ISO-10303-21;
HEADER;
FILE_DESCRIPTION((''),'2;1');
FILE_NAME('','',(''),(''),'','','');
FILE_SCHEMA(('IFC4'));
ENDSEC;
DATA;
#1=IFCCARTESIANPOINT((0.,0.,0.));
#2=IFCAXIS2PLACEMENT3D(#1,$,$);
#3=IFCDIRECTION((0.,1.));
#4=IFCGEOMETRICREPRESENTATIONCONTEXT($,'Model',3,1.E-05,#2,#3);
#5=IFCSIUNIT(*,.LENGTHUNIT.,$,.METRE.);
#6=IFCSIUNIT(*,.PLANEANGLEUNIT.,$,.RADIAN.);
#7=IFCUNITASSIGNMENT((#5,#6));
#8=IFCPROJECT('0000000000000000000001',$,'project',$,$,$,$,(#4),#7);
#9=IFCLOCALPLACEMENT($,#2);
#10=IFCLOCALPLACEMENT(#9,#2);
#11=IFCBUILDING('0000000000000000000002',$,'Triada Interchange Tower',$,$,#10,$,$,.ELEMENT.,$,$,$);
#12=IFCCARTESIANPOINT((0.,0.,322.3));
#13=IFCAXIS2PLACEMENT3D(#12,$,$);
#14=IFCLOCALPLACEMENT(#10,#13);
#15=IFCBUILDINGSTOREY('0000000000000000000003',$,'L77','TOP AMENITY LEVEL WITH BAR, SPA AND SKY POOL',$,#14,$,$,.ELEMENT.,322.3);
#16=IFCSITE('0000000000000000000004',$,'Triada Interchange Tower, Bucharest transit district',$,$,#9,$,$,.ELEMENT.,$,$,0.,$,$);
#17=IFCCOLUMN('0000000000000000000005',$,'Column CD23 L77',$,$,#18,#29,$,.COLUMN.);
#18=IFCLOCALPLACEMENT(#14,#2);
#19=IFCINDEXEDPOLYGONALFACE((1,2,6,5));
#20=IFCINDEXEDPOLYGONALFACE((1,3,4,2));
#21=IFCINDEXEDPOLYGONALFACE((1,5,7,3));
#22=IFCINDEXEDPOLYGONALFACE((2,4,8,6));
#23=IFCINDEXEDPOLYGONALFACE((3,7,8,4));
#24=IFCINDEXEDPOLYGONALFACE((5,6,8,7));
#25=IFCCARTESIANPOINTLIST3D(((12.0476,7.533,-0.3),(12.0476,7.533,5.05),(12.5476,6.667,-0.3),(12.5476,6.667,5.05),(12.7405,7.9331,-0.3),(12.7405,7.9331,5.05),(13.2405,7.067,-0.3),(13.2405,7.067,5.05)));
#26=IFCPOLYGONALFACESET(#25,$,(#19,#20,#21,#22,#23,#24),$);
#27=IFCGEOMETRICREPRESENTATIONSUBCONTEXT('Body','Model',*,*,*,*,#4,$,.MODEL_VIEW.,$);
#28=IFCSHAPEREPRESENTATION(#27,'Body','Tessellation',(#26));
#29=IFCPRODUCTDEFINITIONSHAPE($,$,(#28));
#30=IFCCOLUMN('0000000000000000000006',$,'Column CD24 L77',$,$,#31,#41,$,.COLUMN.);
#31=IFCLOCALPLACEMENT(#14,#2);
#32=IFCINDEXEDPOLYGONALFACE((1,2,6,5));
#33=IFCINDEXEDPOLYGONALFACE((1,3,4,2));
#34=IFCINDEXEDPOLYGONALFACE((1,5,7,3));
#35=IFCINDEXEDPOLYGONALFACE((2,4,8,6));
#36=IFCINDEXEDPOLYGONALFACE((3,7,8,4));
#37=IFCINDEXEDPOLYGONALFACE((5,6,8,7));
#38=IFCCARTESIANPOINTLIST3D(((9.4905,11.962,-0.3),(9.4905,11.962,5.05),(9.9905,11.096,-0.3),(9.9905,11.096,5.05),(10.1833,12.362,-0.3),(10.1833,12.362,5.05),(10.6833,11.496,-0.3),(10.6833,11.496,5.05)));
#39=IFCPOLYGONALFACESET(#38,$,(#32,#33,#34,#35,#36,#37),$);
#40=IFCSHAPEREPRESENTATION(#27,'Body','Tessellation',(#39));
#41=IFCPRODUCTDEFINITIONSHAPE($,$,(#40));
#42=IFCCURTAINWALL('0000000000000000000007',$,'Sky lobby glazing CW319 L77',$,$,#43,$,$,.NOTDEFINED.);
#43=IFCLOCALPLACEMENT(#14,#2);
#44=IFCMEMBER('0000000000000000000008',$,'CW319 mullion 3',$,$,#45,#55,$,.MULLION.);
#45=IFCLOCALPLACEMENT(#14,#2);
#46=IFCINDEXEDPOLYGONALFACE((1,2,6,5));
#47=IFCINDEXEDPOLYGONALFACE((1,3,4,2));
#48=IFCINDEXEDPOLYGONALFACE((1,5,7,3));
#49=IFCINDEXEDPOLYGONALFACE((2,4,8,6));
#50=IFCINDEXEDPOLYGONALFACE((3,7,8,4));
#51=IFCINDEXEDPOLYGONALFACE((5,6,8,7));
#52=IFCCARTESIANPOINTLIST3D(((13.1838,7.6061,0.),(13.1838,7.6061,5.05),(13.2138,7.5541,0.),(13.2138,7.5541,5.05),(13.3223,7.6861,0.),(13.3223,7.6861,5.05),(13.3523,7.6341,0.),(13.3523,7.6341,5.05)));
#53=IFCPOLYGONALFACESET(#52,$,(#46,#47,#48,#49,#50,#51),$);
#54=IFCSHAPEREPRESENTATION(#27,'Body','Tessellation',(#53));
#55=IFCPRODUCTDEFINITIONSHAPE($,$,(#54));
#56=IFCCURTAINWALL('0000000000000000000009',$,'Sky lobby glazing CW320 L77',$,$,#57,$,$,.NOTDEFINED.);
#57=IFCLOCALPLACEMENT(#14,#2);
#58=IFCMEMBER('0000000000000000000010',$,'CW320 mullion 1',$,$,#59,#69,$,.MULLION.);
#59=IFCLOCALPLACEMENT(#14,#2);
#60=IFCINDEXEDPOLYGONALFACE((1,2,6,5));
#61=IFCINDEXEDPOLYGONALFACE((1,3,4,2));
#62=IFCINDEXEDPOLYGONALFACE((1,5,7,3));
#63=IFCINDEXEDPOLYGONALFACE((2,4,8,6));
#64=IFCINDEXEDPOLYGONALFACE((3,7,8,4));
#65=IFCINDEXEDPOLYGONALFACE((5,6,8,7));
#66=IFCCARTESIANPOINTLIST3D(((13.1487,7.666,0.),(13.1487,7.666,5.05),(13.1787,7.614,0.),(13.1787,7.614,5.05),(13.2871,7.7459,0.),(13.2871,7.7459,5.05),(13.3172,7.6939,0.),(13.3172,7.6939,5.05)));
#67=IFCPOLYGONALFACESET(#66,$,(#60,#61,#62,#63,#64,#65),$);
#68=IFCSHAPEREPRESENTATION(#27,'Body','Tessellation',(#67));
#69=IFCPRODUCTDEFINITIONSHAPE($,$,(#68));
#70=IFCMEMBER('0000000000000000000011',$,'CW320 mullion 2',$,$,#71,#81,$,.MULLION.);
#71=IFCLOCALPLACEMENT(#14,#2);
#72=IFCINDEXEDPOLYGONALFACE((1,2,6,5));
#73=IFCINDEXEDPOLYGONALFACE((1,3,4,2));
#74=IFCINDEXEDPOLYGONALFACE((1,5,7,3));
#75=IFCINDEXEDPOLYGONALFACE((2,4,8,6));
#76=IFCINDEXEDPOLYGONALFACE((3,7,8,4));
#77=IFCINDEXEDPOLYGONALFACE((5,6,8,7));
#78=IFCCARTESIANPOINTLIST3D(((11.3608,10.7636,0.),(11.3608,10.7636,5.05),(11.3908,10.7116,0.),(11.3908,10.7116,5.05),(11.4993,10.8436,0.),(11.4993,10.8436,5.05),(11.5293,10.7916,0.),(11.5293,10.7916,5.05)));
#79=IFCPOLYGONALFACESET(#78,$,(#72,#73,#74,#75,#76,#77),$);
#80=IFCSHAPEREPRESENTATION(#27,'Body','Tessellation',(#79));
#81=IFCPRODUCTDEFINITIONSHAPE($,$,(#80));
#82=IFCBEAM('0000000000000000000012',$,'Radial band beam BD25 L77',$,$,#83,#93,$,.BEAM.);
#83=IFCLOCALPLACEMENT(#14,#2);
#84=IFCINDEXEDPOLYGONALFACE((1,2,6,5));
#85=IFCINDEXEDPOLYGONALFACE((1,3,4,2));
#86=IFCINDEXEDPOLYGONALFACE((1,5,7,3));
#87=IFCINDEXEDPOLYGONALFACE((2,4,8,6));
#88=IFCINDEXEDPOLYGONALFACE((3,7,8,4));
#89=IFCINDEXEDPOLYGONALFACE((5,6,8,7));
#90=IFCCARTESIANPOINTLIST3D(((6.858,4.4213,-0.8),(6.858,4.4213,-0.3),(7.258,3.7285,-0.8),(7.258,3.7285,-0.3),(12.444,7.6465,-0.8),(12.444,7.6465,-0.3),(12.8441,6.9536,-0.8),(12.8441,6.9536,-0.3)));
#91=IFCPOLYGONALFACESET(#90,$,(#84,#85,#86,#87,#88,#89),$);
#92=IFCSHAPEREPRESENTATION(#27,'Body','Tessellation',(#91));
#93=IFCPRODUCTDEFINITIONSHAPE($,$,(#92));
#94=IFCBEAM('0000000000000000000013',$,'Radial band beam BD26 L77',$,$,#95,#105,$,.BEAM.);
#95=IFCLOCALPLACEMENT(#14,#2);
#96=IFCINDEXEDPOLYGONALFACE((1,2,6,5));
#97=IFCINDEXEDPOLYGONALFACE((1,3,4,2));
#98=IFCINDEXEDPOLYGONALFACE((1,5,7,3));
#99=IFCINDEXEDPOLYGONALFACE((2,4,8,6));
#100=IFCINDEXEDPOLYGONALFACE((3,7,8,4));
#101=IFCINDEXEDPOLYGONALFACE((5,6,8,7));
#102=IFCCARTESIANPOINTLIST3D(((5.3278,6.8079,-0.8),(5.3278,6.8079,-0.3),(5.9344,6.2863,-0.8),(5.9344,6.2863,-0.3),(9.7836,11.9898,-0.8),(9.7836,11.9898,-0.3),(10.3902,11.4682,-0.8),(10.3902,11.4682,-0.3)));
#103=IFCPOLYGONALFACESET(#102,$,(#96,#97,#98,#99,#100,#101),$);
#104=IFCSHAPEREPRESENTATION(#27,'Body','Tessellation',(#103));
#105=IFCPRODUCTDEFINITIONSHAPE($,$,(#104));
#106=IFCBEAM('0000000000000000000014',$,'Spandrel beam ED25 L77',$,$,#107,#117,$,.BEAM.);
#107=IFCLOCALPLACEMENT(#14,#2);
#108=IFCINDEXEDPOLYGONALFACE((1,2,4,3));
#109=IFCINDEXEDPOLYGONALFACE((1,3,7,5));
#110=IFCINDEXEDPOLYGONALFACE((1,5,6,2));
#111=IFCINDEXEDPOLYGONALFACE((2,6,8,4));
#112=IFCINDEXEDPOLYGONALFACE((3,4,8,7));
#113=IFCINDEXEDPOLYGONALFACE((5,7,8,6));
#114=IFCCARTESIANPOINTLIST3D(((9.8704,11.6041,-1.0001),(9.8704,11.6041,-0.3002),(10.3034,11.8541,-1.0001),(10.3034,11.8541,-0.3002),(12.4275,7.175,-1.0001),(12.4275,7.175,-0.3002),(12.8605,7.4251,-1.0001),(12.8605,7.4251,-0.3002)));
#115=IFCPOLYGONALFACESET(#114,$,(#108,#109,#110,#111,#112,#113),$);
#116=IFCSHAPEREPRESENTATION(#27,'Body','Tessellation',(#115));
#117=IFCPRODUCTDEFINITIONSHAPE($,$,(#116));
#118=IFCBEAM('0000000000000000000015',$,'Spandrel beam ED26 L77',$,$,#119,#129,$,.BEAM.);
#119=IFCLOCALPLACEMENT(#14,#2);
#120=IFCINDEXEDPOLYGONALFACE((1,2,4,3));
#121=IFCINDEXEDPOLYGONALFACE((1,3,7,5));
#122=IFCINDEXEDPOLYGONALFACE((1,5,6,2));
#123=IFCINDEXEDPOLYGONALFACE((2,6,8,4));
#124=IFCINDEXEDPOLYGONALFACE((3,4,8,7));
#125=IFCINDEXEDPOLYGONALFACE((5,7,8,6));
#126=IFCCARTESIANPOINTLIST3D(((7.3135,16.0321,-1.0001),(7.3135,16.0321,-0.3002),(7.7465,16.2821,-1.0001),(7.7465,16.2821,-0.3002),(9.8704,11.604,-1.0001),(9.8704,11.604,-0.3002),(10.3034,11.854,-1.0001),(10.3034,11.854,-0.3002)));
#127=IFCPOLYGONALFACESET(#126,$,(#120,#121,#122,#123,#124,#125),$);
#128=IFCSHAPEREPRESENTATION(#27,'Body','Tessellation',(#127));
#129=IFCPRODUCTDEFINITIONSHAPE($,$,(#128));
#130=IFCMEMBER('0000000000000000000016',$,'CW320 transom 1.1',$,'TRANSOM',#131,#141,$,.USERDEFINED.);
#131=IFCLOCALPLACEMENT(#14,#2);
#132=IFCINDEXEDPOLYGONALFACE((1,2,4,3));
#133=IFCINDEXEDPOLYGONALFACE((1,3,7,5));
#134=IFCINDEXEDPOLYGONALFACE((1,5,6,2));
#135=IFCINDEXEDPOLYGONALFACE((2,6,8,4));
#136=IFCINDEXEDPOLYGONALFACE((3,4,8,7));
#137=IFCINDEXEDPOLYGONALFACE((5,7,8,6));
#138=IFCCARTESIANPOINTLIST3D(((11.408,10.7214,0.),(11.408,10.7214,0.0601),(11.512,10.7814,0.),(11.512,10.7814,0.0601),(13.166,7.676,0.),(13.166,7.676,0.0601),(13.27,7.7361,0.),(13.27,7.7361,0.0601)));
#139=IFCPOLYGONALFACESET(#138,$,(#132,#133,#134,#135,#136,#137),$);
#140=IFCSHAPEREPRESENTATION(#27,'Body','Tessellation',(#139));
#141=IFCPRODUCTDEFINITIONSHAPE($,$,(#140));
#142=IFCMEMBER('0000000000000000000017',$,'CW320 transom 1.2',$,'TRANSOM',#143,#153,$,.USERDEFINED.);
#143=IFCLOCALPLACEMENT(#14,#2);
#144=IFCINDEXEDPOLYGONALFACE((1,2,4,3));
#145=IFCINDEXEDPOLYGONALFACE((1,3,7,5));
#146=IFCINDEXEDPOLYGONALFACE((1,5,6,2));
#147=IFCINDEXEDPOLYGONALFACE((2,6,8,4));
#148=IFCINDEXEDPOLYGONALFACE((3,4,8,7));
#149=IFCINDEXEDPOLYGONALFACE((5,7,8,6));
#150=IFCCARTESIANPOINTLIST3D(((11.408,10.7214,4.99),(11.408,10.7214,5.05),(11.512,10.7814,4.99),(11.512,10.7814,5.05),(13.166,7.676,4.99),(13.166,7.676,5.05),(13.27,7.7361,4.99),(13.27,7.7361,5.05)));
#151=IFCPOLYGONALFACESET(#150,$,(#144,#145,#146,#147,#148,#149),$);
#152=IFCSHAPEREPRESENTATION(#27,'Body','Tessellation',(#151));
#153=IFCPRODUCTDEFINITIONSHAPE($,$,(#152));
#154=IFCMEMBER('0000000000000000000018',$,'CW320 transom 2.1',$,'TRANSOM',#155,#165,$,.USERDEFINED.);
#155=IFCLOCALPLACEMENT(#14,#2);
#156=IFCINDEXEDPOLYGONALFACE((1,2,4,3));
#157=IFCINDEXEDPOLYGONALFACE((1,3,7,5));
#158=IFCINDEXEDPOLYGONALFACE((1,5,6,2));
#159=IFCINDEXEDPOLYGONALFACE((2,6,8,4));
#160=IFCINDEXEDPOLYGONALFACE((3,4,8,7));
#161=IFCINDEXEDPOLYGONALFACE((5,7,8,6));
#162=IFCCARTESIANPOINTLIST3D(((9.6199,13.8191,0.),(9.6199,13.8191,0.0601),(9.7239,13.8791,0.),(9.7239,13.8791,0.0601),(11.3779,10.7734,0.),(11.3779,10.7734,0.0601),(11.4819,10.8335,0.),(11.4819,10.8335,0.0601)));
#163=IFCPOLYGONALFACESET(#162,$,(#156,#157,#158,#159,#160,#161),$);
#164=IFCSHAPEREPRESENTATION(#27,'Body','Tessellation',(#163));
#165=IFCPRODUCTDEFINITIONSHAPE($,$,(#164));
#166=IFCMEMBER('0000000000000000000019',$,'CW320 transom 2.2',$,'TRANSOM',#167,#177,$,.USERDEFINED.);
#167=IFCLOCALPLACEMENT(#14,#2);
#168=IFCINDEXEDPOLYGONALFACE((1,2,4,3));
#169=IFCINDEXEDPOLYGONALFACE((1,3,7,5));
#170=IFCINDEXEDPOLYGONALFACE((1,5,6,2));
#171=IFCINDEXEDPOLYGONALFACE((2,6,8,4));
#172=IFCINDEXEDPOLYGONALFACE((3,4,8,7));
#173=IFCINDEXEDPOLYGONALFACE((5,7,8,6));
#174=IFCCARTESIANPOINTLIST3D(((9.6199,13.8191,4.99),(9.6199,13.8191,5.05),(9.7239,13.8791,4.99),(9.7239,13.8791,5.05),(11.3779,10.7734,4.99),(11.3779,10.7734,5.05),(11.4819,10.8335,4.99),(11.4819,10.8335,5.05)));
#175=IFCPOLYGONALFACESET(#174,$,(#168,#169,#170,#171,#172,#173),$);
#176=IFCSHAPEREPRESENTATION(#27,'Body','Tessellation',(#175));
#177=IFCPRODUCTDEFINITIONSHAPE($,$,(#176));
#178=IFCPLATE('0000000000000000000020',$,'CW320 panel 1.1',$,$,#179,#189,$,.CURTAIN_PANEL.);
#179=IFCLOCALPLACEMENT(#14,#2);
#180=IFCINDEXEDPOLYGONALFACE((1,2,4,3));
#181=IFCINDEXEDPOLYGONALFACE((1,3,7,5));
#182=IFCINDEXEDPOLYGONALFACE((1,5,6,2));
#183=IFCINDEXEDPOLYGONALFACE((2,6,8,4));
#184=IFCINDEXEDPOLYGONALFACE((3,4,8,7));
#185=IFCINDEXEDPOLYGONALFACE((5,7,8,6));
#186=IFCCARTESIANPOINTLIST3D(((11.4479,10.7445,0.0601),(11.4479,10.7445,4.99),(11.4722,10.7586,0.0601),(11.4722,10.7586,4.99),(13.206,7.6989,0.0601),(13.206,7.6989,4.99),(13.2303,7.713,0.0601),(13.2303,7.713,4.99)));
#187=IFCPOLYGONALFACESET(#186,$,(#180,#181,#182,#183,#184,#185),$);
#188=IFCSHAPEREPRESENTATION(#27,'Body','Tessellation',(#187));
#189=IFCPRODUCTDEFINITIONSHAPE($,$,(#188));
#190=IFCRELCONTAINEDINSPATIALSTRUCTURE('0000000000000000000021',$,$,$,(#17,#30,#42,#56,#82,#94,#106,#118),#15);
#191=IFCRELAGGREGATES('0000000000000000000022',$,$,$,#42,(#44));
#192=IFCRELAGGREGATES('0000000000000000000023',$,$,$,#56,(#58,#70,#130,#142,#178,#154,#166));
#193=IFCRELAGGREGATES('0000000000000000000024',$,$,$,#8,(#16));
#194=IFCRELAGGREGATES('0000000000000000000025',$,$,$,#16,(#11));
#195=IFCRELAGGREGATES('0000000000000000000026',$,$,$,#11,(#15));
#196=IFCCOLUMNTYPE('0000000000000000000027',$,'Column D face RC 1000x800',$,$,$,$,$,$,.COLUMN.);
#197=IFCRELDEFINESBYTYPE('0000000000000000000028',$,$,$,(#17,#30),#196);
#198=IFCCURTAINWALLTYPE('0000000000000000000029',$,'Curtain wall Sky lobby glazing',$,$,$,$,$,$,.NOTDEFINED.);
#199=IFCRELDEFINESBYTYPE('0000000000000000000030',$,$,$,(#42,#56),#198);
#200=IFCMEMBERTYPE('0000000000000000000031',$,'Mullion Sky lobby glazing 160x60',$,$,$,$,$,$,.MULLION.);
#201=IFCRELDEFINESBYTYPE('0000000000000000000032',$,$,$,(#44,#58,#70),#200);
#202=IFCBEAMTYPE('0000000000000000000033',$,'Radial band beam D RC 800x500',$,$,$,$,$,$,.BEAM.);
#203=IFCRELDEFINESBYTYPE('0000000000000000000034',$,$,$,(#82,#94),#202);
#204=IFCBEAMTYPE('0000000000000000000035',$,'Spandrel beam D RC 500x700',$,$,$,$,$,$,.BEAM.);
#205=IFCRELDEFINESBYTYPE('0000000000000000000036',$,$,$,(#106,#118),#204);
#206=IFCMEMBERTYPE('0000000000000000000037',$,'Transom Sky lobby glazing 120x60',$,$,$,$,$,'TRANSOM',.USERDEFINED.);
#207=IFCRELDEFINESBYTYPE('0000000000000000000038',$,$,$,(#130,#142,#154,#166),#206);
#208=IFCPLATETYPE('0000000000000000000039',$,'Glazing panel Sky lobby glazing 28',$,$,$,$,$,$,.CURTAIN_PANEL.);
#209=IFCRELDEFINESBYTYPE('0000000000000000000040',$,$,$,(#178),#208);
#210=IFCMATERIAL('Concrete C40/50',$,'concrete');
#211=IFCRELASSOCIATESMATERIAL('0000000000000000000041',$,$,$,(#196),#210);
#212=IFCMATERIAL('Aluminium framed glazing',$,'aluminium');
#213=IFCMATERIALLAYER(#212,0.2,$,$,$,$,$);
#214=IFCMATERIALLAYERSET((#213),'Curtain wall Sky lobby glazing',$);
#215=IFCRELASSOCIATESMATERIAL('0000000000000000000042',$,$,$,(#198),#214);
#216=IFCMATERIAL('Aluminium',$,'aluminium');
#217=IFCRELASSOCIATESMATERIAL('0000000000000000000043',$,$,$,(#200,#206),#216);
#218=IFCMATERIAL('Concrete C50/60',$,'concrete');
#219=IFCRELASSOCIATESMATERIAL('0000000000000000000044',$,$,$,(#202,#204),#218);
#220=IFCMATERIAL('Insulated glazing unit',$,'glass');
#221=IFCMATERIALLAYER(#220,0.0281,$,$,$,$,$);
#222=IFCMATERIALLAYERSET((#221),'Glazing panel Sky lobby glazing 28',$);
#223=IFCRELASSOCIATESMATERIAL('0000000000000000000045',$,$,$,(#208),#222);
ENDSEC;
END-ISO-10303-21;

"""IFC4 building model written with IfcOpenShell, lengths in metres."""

from ifc_helpers import new_model, si_unit, direction, frame, origin, origin_2d, place, context, subcontext, project, spatial, rectangle, extrude, material, layer, layer_set, material_profile, profile_set, type_object, element, aggregate, save


model = new_model("IFC4")

# Units and contexts
model_context = context("Model", 3, precision=1e-05, world=origin(), true_north=direction((0.0, 1.0)))
body_context = subcontext(model_context, "Body", "Model", "MODEL_VIEW")
ifc_project = project(units=[si_unit("LENGTHUNIT", "METRE"), si_unit("PLANEANGLEUNIT", "RADIAN")], contexts=[model_context])

# Site, building, storey
site_placement = place(None, origin())
site = spatial("IfcSite", under=ifc_project, at=site_placement, Name="Triada Interchange Tower, Bucharest transit district", CompositionType="ELEMENT", RefElevation=0.0)
building_placement = place(site_placement, origin())
building = spatial("IfcBuilding", under=site, at=building_placement, Name="Triada Interchange Tower", CompositionType="ELEMENT")
storey_placement = place(building_placement, frame((0.0, 0.0, 322.3)))
storey = spatial("IfcBuildingStorey", under=building, at=storey_placement, Name="L77", Description="TOP AMENITY LEVEL WITH BAR, SPA AND SKY POOL", CompositionType="ELEMENT", Elevation=322.3)

# Columns
ifc_material_1 = material(Name="Concrete C40/50", Category="concrete")
ifc_material_profile_1 = material_profile(ifc_material_1, rectangle(XDim=1.0, YDim=0.8, at=origin_2d()), Name="RC 1000x800")
ifc_profile_set_1 = profile_set([ifc_material_profile_1], Name="Concrete C40/50")
column_type = type_object("IfcColumnType", Name="Column D face RC 1000x800", PredefinedType="COLUMN", material=ifc_profile_set_1)
for number, where, z_axis, x_axis, name in (
    (1, (12.644, 7.3, -0.3), (0.0, 0.0, 1.0), (-0.5, 0.866025, 0.0), "Column CD23 L77"),
    (2, (10.0869, 11.729, -0.3), (0.0, 0.0, 1.0), (-0.5, 0.866025, 0.0), "Column CD24 L77"),
):
    element("IfcColumn", number, at=place(storey_placement, frame(where, z_axis=z_axis, x_axis=x_axis)), inside=storey, type_object=column_type, Name=name, PredefinedType="COLUMN", context=body_context, shape_type="SweptSolid", body=[
        extrude(rectangle(XDim=1.0, YDim=0.8, at=origin_2d()), origin(), (0.0, 0.0, 1.0), 5.3501),
    ])

# Curtain wall, member
ifc_material_2 = material(Name="Aluminium framed glazing", Category="aluminium")
ifc_layer_1 = layer(ifc_material_2, 0.2)
ifc_layer_set_1 = layer_set([ifc_layer_1], Name="Curtain wall Sky lobby glazing")
curtain_wall_type = type_object("IfcCurtainWallType", Name="Curtain wall Sky lobby glazing", PredefinedType="NOTDEFINED", material=ifc_layer_set_1)
curtain_wall_1_placement = place(storey_placement, origin())
curtain_wall_1 = element("IfcCurtainWall", 3, at=curtain_wall_1_placement, inside=storey, type_object=curtain_wall_type, Name="Sky lobby glazing CW319 L77", PredefinedType="NOTDEFINED")
ifc_material_3 = material(Name="Aluminium", Category="aluminium")
ifc_material_profile_2 = material_profile(ifc_material_3, rectangle(XDim=0.1599, YDim=0.0601, at=origin_2d()), Name="Aluminium mullion")
ifc_profile_set_2 = profile_set([ifc_material_profile_2], Name="Aluminium")
member_type_1 = type_object("IfcMemberType", Name="Mullion Sky lobby glazing 160x60", PredefinedType="MULLION", material=ifc_profile_set_2)
member_1_placement = place(storey_placement, frame((13.2681, 7.6201, 0.0), z_axis=(0.0, 0.0, 1.0), x_axis=(-0.866008, -0.50003, 0.0)))
member_1 = element("IfcMember", 4, at=member_1_placement, type_object=member_type_1, Name="CW319 mullion 3", PredefinedType="MULLION", context=body_context, shape_type="SweptSolid", body=[
    extrude(rectangle(XDim=0.1599, YDim=0.0601, at=origin_2d()), origin(), (0.0, 0.0, 1.0), 5.05),
])
aggregate(curtain_wall_1, [member_1])

# Curtain wall, members
curtain_wall_2_placement = place(storey_placement, origin())
curtain_wall_2 = element("IfcCurtainWall", 5, at=curtain_wall_2_placement, inside=storey, type_object=curtain_wall_type, Name="Sky lobby glazing CW320 L77", PredefinedType="NOTDEFINED")
member_2_placement = place(storey_placement, frame((13.2329, 7.6799, 0.0), z_axis=(0.0, 0.0, 1.0), x_axis=(-0.866068, -0.499926, 0.0)))
member_2 = element("IfcMember", 6, at=member_2_placement, type_object=member_type_1, Name="CW320 mullion 1", PredefinedType="MULLION", context=body_context, shape_type="SweptSolid", body=[
    extrude(rectangle(XDim=0.1599, YDim=0.0601, at=origin_2d()), origin(), (0.0, 0.0, 1.0), 5.05),
])
member_3_placement = place(storey_placement, frame((11.4451, 10.7776, 0.0), z_axis=(0.0, 0.0, 1.0), x_axis=(-0.866068, -0.499926, 0.0)))
member_3 = element("IfcMember", 7, at=member_3_placement, type_object=member_type_1, Name="CW320 mullion 2", PredefinedType="MULLION", context=body_context, shape_type="SweptSolid", body=[
    extrude(rectangle(XDim=0.1599, YDim=0.0601, at=origin_2d()), origin(), (0.0, 0.0, 1.0), 5.05),
])

# Beams
ifc_material_4 = material(Name="Concrete C50/60", Category="concrete")
ifc_material_profile_3 = material_profile(ifc_material_4, rectangle(XDim=0.8, YDim=0.5, at=origin_2d()), Name="RC 800x500")
ifc_profile_set_3 = profile_set([ifc_material_profile_3], Name="Concrete C50/60")
beam_type_1 = type_object("IfcBeamType", Name="Radial band beam D RC 800x500", PredefinedType="BEAM", material=ifc_profile_set_3)
beam_1_placement = place(storey_placement, frame((12.644, 7.3, -0.55), z_axis=(-0.866022, -0.500006, 0.0), x_axis=(0.500006, -0.866022, 0.0)))
element("IfcBeam", 8, at=beam_1_placement, inside=storey, type_object=beam_type_1, Name="Radial band beam BD25 L77", PredefinedType="BEAM", context=body_context, shape_type="SweptSolid", body=[
    extrude(rectangle(XDim=0.8, YDim=0.5, at=origin_2d()), origin(), (0.0, 0.0, 1.0), 6.4502),
])
beam_2_placement = place(storey_placement, frame((10.0869, 11.729, -0.55), z_axis=(-0.651988, -0.758229, 0.0), x_axis=(0.758229, -0.651988, 0.0)))
element("IfcBeam", 9, at=beam_2_placement, inside=storey, type_object=beam_type_1, Name="Radial band beam BD26 L77", PredefinedType="BEAM", context=body_context, shape_type="SweptSolid", body=[
    extrude(rectangle(XDim=0.8, YDim=0.5, at=origin_2d()), origin(), (0.0, 0.0, 1.0), 6.8342),
])
ifc_material_profile_4 = material_profile(ifc_material_4, rectangle(XDim=0.5, YDim=0.7, at=origin_2d()), Name="RC 500x700")
ifc_profile_set_4 = profile_set([ifc_material_profile_4], Name="Concrete C50/60")
beam_type_2 = type_object("IfcBeamType", Name="Spandrel beam D RC 500x700", PredefinedType="BEAM", material=ifc_profile_set_4)
beam_3_placement = place(storey_placement, frame((12.644, 7.3, -0.6501), z_axis=(-0.50001, 0.866019, 0.0), x_axis=(-0.866019, -0.50001, 0.0)))
element("IfcBeam", 10, at=beam_3_placement, inside=storey, type_object=beam_type_2, Name="Spandrel beam ED25 L77", PredefinedType="BEAM", context=body_context, shape_type="SweptSolid", body=[
    extrude(rectangle(XDim=0.5, YDim=0.7, at=origin_2d()), origin(), (0.0, 0.0, 1.0), 5.1143),
])
beam_4_placement = place(storey_placement, frame((10.0869, 11.729, -0.6501), z_axis=(-0.500057, 0.865992, 0.0), x_axis=(-0.865992, -0.500057, 0.0)))
element("IfcBeam", 11, at=beam_4_placement, inside=storey, type_object=beam_type_2, Name="Spandrel beam ED26 L77", PredefinedType="BEAM", context=body_context, shape_type="SweptSolid", body=[
    extrude(rectangle(XDim=0.5, YDim=0.7, at=origin_2d()), origin(), (0.0, 0.0, 1.0), 5.1133),
])

# Members
ifc_material_profile_5 = material_profile(ifc_material_3, rectangle(XDim=0.1201, YDim=0.0601, at=origin_2d()), Name="Aluminium transom")
ifc_profile_set_5 = profile_set([ifc_material_profile_5], Name="Aluminium")
member_type_2 = type_object("IfcMemberType", Name="Transom Sky lobby glazing 120x60", ElementType="TRANSOM", PredefinedType="USERDEFINED", material=ifc_profile_set_5)
member_4_placement = place(storey_placement, frame((13.218, 7.7061, 0.03), z_axis=(-0.499955, 0.866051, 0.0), x_axis=(-0.866051, -0.499955, 0.0)))
member_4 = element("IfcMember", 12, at=member_4_placement, type_object=member_type_2, Name="CW320 transom 1.1", ObjectType="TRANSOM", PredefinedType="USERDEFINED", context=body_context, shape_type="SweptSolid", body=[
    extrude(rectangle(XDim=0.1201, YDim=0.0601, at=origin_2d()), origin(), (0.0, 0.0, 1.0), 3.5164),
])
member_5_placement = place(storey_placement, frame((13.218, 7.7061, 5.02), z_axis=(-0.499955, 0.866051, 0.0), x_axis=(-0.866051, -0.499955, 0.0)))
member_5 = element("IfcMember", 13, at=member_5_placement, type_object=member_type_2, Name="CW320 transom 1.2", ObjectType="TRANSOM", PredefinedType="USERDEFINED", context=body_context, shape_type="SweptSolid", body=[
    extrude(rectangle(XDim=0.1201, YDim=0.0601, at=origin_2d()), origin(), (0.0, 0.0, 1.0), 3.5164),
])
member_6_placement = place(storey_placement, frame((11.4299, 10.8035, 0.03), z_axis=(-0.499925, 0.866069, 0.0), x_axis=(-0.866069, -0.499925, 0.0)))
member_6 = element("IfcMember", 14, at=member_6_placement, type_object=member_type_2, Name="CW320 transom 2.1", ObjectType="TRANSOM", PredefinedType="USERDEFINED", context=body_context, shape_type="SweptSolid", body=[
    extrude(rectangle(XDim=0.1201, YDim=0.0601, at=origin_2d()), origin(), (0.0, 0.0, 1.0), 3.5166),
])
member_7_placement = place(storey_placement, frame((11.4299, 10.8035, 5.02), z_axis=(-0.499925, 0.866069, 0.0), x_axis=(-0.866069, -0.499925, 0.0)))
member_7 = element("IfcMember", 15, at=member_7_placement, type_object=member_type_2, Name="CW320 transom 2.2", ObjectType="TRANSOM", PredefinedType="USERDEFINED", context=body_context, shape_type="SweptSolid", body=[
    extrude(rectangle(XDim=0.1201, YDim=0.0601, at=origin_2d()), origin(), (0.0, 0.0, 1.0), 3.5166),
])

# Plate
ifc_material_5 = material(Name="Insulated glazing unit", Category="glass")
ifc_layer_2 = layer(ifc_material_5, 0.0281)
ifc_layer_set_2 = layer_set([ifc_layer_2], Name="Glazing panel Sky lobby glazing 28")
plate_type = type_object("IfcPlateType", Name="Glazing panel Sky lobby glazing 28", PredefinedType="CURTAIN_PANEL", material=ifc_layer_set_2)
plate_1_placement = place(storey_placement, frame((12.3391, 9.2288, 0.0601), z_axis=(0.0, 0.0, 1.0), x_axis=(-0.499926, 0.866068, 0.0)))
plate_1 = element("IfcPlate", 16, at=plate_1_placement, type_object=plate_type, Name="CW320 panel 1.1", PredefinedType="CURTAIN_PANEL", context=body_context, shape_type="SweptSolid", body=[
    extrude(rectangle(XDim=3.5166, YDim=0.0281, at=origin_2d()), origin(), (0.0, 0.0, 1.0), 4.9299),
])
aggregate(curtain_wall_2, [member_2, member_3, member_4, member_5, plate_1, member_6, member_7])

save(model, "model.ifc")
